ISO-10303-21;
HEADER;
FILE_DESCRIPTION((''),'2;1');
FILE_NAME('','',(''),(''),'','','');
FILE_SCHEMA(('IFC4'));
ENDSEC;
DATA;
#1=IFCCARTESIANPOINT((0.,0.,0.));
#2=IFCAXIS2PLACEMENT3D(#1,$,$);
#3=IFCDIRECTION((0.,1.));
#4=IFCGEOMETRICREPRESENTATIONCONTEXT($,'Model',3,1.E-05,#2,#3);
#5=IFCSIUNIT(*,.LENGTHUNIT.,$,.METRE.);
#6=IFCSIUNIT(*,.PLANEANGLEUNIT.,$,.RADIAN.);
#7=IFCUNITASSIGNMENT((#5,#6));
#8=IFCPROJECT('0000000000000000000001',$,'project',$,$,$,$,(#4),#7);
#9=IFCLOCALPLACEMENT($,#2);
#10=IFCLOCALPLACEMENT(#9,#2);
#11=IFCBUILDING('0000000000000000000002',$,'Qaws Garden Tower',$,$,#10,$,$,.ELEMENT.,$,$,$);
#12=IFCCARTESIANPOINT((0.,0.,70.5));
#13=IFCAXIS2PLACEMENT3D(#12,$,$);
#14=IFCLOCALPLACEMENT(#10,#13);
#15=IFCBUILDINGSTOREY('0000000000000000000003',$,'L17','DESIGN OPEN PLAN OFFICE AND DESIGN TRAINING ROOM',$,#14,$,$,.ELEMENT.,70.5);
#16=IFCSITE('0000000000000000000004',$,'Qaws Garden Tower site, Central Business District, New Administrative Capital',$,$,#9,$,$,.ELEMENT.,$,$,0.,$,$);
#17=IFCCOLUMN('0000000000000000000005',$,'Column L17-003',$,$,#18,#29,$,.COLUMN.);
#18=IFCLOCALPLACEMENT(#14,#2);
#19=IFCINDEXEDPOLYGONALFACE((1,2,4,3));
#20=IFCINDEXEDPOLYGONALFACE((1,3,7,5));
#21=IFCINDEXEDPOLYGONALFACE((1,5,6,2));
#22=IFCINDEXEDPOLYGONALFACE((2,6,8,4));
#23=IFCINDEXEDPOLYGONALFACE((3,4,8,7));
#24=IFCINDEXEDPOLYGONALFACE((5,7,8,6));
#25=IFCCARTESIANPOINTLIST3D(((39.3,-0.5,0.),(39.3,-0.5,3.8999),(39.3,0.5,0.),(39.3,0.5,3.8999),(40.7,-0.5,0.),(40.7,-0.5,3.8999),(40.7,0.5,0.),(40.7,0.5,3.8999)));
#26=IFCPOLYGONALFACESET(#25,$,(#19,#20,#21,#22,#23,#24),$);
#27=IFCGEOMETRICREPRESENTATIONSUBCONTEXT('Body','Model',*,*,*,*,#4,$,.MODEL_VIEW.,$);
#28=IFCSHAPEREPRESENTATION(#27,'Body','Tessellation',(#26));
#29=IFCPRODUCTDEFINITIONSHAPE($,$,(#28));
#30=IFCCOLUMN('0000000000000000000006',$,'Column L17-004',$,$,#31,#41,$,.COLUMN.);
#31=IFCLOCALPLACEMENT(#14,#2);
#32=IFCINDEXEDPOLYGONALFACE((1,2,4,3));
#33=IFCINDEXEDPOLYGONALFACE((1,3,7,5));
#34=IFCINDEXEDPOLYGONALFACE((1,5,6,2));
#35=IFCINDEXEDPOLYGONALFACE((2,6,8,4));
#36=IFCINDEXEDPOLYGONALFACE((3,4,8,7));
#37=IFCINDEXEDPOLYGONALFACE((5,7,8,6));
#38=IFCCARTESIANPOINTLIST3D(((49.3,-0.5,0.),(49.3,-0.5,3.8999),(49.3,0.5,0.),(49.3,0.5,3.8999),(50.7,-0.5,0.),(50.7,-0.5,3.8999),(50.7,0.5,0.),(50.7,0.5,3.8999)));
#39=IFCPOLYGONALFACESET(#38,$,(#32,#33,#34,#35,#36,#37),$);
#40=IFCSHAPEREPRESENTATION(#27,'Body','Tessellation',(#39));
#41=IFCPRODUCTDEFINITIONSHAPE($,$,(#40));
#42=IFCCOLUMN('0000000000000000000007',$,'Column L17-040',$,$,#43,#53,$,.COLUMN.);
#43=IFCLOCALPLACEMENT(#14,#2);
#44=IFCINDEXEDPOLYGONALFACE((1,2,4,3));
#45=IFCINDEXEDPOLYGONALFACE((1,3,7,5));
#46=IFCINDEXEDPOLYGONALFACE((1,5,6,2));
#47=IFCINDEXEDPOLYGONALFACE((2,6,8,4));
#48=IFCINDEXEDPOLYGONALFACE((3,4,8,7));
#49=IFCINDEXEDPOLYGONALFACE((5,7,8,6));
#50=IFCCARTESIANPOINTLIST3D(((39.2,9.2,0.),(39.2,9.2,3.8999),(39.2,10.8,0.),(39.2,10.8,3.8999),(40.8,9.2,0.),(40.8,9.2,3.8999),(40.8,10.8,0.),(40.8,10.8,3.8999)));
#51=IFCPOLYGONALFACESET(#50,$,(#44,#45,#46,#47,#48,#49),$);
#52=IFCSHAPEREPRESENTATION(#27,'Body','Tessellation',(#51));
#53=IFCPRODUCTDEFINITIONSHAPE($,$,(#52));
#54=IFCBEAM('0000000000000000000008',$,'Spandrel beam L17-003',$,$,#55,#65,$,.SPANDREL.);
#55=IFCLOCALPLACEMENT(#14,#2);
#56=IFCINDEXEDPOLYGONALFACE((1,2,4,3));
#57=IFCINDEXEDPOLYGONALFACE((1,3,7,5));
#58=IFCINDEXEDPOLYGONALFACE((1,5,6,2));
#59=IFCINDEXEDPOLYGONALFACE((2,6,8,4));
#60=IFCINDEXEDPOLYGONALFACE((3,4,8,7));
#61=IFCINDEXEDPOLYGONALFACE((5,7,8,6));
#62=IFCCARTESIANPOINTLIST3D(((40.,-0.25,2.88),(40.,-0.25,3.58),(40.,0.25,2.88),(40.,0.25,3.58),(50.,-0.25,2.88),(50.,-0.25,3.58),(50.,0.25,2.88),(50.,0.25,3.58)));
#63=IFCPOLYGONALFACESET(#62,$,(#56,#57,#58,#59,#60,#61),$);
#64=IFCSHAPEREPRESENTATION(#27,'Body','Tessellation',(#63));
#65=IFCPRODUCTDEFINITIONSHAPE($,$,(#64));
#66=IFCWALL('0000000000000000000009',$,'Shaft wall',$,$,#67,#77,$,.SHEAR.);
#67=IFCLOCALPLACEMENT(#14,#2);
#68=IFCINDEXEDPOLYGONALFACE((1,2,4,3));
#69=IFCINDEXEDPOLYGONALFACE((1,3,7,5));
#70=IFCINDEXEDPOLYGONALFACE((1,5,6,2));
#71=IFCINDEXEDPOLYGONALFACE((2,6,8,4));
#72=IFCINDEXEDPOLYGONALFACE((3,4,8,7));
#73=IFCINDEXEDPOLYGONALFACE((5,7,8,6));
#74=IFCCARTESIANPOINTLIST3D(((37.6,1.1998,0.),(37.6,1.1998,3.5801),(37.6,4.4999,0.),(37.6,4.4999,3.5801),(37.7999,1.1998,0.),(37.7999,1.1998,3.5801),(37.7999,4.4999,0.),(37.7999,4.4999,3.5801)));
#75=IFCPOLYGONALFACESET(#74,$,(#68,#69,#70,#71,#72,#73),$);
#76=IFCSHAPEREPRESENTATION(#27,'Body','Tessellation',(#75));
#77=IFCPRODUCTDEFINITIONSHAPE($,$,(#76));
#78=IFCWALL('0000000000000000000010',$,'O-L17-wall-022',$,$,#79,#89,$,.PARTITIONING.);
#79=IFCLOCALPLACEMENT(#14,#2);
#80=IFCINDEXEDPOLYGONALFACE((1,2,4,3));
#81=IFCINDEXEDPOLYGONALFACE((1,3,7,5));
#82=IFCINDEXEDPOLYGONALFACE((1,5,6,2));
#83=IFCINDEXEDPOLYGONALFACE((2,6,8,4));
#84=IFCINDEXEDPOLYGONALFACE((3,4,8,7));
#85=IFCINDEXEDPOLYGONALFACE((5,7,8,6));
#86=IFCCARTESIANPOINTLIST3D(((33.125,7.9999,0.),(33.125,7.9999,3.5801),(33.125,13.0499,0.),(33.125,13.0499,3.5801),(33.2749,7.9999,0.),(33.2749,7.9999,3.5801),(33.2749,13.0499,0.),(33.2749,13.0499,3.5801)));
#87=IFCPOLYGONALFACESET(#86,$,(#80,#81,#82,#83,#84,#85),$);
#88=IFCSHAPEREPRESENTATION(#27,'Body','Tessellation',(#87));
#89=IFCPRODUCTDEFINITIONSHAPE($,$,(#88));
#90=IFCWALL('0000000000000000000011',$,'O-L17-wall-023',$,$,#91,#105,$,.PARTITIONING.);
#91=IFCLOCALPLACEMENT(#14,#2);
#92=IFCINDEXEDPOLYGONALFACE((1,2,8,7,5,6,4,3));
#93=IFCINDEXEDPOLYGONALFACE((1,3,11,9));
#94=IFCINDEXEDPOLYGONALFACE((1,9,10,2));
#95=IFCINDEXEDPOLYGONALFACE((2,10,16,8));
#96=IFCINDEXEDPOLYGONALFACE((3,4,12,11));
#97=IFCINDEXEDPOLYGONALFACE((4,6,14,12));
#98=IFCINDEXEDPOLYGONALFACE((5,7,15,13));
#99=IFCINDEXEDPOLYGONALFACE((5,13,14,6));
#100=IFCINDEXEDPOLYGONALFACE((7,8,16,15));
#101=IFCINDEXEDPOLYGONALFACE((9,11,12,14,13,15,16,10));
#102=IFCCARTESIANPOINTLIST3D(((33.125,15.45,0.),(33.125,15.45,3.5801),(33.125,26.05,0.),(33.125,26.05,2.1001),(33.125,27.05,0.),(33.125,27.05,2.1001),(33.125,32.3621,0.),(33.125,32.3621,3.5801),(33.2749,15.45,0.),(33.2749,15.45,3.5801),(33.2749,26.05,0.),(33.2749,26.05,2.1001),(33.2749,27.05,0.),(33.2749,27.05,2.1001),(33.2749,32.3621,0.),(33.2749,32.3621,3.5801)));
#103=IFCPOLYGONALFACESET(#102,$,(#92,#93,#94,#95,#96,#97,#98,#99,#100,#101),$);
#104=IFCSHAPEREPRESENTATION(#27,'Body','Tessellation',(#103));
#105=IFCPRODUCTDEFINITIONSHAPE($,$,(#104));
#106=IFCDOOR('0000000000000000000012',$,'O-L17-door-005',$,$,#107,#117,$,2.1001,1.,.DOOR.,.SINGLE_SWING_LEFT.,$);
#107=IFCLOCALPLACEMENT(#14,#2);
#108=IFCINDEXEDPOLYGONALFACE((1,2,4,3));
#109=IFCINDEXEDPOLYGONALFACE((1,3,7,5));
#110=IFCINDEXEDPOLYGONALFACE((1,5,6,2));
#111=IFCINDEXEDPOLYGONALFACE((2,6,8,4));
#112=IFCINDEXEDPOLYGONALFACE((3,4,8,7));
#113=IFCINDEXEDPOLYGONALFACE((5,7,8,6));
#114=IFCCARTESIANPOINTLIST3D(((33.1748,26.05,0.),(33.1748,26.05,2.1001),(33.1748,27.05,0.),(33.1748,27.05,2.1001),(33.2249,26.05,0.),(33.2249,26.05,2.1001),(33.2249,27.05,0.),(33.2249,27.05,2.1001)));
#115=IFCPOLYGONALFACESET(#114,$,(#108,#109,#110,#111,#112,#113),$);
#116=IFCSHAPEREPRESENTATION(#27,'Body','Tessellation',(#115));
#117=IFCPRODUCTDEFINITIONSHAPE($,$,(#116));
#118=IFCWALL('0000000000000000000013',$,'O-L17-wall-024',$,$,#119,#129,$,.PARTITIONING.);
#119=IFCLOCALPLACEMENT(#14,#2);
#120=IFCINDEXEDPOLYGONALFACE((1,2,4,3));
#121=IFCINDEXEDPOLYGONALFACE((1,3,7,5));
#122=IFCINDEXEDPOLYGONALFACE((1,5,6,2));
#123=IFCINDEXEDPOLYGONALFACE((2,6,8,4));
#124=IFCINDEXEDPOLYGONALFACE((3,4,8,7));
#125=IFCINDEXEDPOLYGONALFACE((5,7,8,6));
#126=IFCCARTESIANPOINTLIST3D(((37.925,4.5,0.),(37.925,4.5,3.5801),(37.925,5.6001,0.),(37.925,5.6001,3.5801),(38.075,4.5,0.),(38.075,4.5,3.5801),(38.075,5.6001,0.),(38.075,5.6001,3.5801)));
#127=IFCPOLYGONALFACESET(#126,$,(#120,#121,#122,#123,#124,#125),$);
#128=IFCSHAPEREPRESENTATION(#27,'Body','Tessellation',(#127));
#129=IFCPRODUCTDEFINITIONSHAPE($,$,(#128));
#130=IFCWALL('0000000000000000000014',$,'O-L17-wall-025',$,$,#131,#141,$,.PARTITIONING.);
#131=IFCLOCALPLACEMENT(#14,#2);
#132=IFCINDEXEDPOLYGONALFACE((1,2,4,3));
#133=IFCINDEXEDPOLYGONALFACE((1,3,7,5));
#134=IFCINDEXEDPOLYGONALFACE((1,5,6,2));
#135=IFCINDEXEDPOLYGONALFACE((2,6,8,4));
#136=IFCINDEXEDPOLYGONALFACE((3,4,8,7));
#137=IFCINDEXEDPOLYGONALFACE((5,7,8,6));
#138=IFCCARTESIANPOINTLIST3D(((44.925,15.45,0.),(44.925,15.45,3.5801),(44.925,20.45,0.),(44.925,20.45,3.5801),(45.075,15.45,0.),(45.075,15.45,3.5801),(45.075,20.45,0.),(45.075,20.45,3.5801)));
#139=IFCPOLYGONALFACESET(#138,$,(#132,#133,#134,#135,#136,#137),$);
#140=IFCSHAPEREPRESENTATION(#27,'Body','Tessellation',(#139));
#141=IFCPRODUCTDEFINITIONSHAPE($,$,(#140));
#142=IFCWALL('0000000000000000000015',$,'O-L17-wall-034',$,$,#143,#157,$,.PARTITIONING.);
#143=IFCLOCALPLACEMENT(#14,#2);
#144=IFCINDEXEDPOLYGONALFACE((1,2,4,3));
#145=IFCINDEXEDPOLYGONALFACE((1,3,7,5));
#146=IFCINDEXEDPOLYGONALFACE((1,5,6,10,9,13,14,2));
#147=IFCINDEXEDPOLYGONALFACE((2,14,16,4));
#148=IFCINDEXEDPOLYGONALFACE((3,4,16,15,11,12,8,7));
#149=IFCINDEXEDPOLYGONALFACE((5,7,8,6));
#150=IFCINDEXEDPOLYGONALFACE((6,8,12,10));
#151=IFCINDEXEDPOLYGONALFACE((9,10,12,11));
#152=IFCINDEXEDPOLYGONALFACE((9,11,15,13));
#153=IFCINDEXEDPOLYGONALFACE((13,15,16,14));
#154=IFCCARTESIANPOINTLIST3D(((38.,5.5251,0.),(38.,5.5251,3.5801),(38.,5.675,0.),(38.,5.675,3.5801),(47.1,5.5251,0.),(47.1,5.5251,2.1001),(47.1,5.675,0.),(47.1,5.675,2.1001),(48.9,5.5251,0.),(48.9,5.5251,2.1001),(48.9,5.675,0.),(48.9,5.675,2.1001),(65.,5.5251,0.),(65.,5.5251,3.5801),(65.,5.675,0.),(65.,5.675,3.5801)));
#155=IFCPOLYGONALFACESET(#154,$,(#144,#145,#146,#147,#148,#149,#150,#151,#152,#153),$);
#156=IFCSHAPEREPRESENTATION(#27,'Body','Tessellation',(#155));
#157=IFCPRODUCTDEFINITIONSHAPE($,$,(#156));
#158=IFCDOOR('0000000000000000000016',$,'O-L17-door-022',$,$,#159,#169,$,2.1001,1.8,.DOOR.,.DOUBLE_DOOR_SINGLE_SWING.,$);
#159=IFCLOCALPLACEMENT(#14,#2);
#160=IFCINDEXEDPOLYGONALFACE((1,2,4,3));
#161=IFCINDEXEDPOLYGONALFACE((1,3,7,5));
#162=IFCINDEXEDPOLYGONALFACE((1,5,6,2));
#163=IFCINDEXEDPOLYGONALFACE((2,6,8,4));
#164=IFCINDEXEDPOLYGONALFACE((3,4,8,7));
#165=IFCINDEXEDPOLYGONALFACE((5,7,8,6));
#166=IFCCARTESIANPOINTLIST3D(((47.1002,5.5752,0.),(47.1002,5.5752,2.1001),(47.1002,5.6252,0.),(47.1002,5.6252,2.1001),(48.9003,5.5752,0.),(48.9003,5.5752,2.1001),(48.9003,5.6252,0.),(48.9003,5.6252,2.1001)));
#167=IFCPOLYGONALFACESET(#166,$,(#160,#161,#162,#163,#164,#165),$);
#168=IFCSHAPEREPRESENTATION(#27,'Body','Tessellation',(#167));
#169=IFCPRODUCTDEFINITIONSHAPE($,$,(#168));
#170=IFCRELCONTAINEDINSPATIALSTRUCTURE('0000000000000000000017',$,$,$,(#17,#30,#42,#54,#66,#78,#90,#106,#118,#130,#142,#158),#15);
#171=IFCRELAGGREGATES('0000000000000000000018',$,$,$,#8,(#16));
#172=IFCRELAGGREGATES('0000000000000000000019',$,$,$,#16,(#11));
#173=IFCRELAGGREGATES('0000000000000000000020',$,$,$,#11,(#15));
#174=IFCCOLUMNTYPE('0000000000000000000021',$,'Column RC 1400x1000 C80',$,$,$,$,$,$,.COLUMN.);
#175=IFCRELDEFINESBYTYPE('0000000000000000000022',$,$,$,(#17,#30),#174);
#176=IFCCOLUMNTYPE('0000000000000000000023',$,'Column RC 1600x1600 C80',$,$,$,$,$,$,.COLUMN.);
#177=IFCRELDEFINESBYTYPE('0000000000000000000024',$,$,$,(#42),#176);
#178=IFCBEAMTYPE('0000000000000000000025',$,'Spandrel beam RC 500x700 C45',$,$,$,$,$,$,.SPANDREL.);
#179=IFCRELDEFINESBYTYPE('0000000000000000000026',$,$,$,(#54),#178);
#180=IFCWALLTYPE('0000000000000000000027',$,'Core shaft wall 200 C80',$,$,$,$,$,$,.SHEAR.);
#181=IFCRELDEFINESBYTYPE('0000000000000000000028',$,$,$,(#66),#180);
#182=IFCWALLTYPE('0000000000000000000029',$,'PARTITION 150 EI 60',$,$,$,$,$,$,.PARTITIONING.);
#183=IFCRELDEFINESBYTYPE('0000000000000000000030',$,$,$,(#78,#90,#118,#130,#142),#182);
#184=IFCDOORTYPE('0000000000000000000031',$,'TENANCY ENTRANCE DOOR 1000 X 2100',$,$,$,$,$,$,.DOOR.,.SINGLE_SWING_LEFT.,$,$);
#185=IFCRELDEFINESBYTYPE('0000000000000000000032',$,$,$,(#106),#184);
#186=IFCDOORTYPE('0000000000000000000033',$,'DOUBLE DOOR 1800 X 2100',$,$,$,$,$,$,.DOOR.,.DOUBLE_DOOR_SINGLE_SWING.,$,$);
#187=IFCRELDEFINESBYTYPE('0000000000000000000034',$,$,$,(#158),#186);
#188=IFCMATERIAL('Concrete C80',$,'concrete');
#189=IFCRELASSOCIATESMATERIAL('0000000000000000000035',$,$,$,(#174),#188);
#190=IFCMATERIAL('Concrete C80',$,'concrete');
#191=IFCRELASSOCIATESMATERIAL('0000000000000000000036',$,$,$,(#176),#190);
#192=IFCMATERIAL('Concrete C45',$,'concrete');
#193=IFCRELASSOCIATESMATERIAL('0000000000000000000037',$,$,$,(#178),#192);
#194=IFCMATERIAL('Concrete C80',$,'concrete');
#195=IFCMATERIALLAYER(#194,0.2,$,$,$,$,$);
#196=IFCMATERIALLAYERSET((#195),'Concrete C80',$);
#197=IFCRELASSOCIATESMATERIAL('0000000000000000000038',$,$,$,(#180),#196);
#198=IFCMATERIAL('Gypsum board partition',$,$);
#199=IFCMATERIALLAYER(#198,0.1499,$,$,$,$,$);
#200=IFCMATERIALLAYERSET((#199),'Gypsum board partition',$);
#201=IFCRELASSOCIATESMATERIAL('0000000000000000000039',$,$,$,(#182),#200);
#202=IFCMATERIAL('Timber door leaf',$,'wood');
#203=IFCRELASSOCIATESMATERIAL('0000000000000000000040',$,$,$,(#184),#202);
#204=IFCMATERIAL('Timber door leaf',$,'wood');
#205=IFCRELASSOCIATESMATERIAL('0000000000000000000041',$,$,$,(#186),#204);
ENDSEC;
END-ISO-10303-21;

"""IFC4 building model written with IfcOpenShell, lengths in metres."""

from ifc_helpers import new_model, si_unit, direction, frame, frame_2d, origin, origin_2d, place, context, subcontext, project, spatial, rectangle, extrude, material, layer, layer_set, material_profile, profile_set, type_object, element, fill, save


model = new_model("IFC4")

# Units and contexts
model_context = context("Model", 3, precision=1e-05, world=origin(), true_north=direction((0.0, 1.0)))
body_context = subcontext(model_context, "Body", "Model", "MODEL_VIEW")
ifc_project = project(units=[si_unit("LENGTHUNIT", "METRE"), si_unit("PLANEANGLEUNIT", "RADIAN")], contexts=[model_context])

# Site, building, storey
site_placement = place(None, origin())
site = spatial("IfcSite", under=ifc_project, at=site_placement, Name="Qaws Garden Tower site, Central Business District, New Administrative Capital", CompositionType="ELEMENT", RefElevation=0.0)
building_placement = place(site_placement, origin())
building = spatial("IfcBuilding", under=site, at=building_placement, Name="Qaws Garden Tower", CompositionType="ELEMENT")
storey_placement = place(building_placement, frame((0.0, 0.0, 70.5)))
storey = spatial("IfcBuildingStorey", under=building, at=storey_placement, Name="L17", Description="DESIGN OPEN PLAN OFFICE AND DESIGN TRAINING ROOM", CompositionType="ELEMENT", Elevation=70.5)

# Columns
ifc_material_1 = material(Name="Concrete C80", Category="concrete")
ifc_material_profile_1 = material_profile(ifc_material_1, rectangle(XDim=1.3999, YDim=1.0, at=origin_2d()), Name="RC 1400x1000")
ifc_profile_set_1 = profile_set([ifc_material_profile_1], Name="Concrete C80")
column_type_1 = type_object("IfcColumnType", Name="Column RC 1400x1000 C80", PredefinedType="COLUMN", material=ifc_profile_set_1)
for number, where, z_axis, x_axis, name in (
    (1, (40.0, 0.0, 0.0), (0.0, 0.0, 1.0), (1.0, 0.0, 0.0), "Column L17-003"),
    (2, (50.0, 0.0, 0.0), (0.0, 0.0, 1.0), (1.0, 0.0, 0.0), "Column L17-004"),
):
    element("IfcColumn", number, at=place(storey_placement, frame(where, z_axis=z_axis, x_axis=x_axis)), inside=storey, type_object=column_type_1, Name=name, PredefinedType="COLUMN", context=body_context, shape_type="SweptSolid", body=[
        extrude(rectangle(XDim=1.3999, YDim=1.0, at=origin_2d()), origin(), (0.0, 0.0, 1.0), 3.8999),
    ])
ifc_material_2 = material(Name="Concrete C80", Category="concrete")
ifc_material_profile_2 = material_profile(ifc_material_2, rectangle(XDim=1.6001, YDim=1.6001, at=origin_2d()), Name="RC 1600x1600")
ifc_profile_set_2 = profile_set([ifc_material_profile_2], Name="Concrete C80")
column_type_2 = type_object("IfcColumnType", Name="Column RC 1600x1600 C80", PredefinedType="COLUMN", material=ifc_profile_set_2)
column_placement = place(storey_placement, frame((40.0, 10.0, 0.0), z_axis=(0.0, 0.0, 1.0), x_axis=(1.0, 0.0, 0.0)))
element("IfcColumn", 3, at=column_placement, inside=storey, type_object=column_type_2, Name="Column L17-040", PredefinedType="COLUMN", context=body_context, shape_type="SweptSolid", body=[
    extrude(rectangle(XDim=1.6001, YDim=1.6001, at=origin_2d()), origin(), (0.0, 0.0, 1.0), 3.8999),
])

# Beam
ifc_material_3 = material(Name="Concrete C45", Category="concrete")
ifc_material_profile_3 = material_profile(ifc_material_3, rectangle(XDim=0.5, YDim=0.7, at=origin_2d()), Name="RC 500x700")
ifc_profile_set_3 = profile_set([ifc_material_profile_3], Name="Concrete C45")
beam_type = type_object("IfcBeamType", Name="Spandrel beam RC 500x700 C45", PredefinedType="SPANDREL", material=ifc_profile_set_3)
beam_placement = place(storey_placement, frame((40.0, 0.0, 3.23), z_axis=(1.0, 0.0, 0.0), x_axis=(0.0, 1.0, 0.0)))
element("IfcBeam", 4, at=beam_placement, inside=storey, type_object=beam_type, Name="Spandrel beam L17-003", PredefinedType="SPANDREL", context=body_context, shape_type="SweptSolid", body=[
    extrude(rectangle(XDim=0.5, YDim=0.7, at=origin_2d()), origin(), (0.0, 0.0, 1.0), 10.0),
])

# Walls
ifc_material_4 = material(Name="Concrete C80", Category="concrete")
ifc_layer_1 = layer(ifc_material_4, 0.2)
ifc_layer_set_1 = layer_set([ifc_layer_1], Name="Concrete C80")
wall_type_1 = type_object("IfcWallType", Name="Core shaft wall 200 C80", PredefinedType="SHEAR", material=ifc_layer_set_1)
wall_1_placement = place(storey_placement, frame((37.7, 1.2, 0.0), z_axis=(0.0, 0.0, 1.0), x_axis=(0.0, 1.0, 0.0)))
element("IfcWall", 5, at=wall_1_placement, inside=storey, type_object=wall_type_1, Name="Shaft wall", PredefinedType="SHEAR", context=body_context, shape_type="SweptSolid", body=[
    extrude(rectangle(XDim=3.3, YDim=0.2, at=frame_2d((1.6499, 0.0))), origin(), (0.0, 0.0, 1.0), 3.5801),
])
ifc_material_5 = material(Name="Gypsum board partition")
ifc_layer_2 = layer(ifc_material_5, 0.1499)
ifc_layer_set_2 = layer_set([ifc_layer_2], Name="Gypsum board partition")
wall_type_2 = type_object("IfcWallType", Name="PARTITION 150 EI 60", PredefinedType="PARTITIONING", material=ifc_layer_set_2)
wall_2_placement = place(storey_placement, frame((33.2, 8.0, 0.0), z_axis=(0.0, 0.0, 1.0), x_axis=(0.0, 1.0, 0.0)))
element("IfcWall", 6, at=wall_2_placement, inside=storey, type_object=wall_type_2, Name="O-L17-wall-022", PredefinedType="PARTITIONING", context=body_context, shape_type="SweptSolid", body=[
    extrude(rectangle(XDim=5.05, YDim=0.1499, at=frame_2d((2.5249, 0.0))), origin(), (0.0, 0.0, 1.0), 3.5801),
])

# Wall, opening, door
wall_3_placement = place(storey_placement, frame((33.2, 15.45, 0.0), z_axis=(0.0, 0.0, 1.0), x_axis=(0.0, 1.0, 0.0)))
wall_3 = element("IfcWall", 7, at=wall_3_placement, inside=storey, type_object=wall_type_2, Name="O-L17-wall-023", PredefinedType="PARTITIONING", context=body_context, shape_type="SweptSolid", body=[
    extrude(rectangle(XDim=16.9121, YDim=0.1499, at=frame_2d((8.4561, 0.0))), origin(), (0.0, 0.0, 1.0), 3.5801),
])
opening_1_placement = place(wall_3_placement, frame((10.6001, 0.0, 0.0)))
opening_1 = element("IfcOpeningElement", 8, at=opening_1_placement, cuts=wall_3, PredefinedType="OPENING", context=body_context, shape_type="SweptSolid", body=[
    extrude(rectangle(XDim=1.0, YDim=2.1001, at=frame_2d((0.5, 1.05))), frame((0.0, 0.085, 0.0), z_axis=(0.0, -1.0, 0.0), x_axis=(1.0, 0.0, 0.0)), (0.0, 0.0, 1.0), 0.1699),
])
ifc_material_6 = material(Name="Timber door leaf", Category="wood")
door_type_1 = type_object("IfcDoorType", Name="TENANCY ENTRANCE DOOR 1000 X 2100", OperationType="SINGLE_SWING_LEFT", PredefinedType="DOOR", material=ifc_material_6)
door_1_placement = place(opening_1_placement, frame((1.0, 0.0, 0.0), z_axis=(0.0, 0.0, 1.0), x_axis=(-1.0, 0.0, 0.0)))
door_1 = element("IfcDoor", 9, at=door_1_placement, inside=storey, type_object=door_type_1, Name="O-L17-door-005", OperationType="SINGLE_SWING_LEFT", OverallHeight=2.1001, OverallWidth=1.0, PredefinedType="DOOR", context=body_context, shape_type="SweptSolid", body=[
    extrude(rectangle(XDim=1.0, YDim=2.1001, at=frame_2d((0.5, 1.05))), frame((0.0, 0.0249, 0.0), z_axis=(0.0, -1.0, 0.0), x_axis=(1.0, 0.0, 0.0)), (0.0, 0.0, 1.0), 0.05),
])
fill(opening_1, door_1)

# Walls
wall_4_placement = place(storey_placement, frame((38.0, 4.5, 0.0), z_axis=(0.0, 0.0, 1.0), x_axis=(0.0, 1.0, 0.0)))
element("IfcWall", 10, at=wall_4_placement, inside=storey, type_object=wall_type_2, Name="O-L17-wall-024", PredefinedType="PARTITIONING", context=body_context, shape_type="SweptSolid", body=[
    extrude(rectangle(XDim=1.1001, YDim=0.1499, at=frame_2d((0.55, 0.0))), origin(), (0.0, 0.0, 1.0), 3.5801),
])
wall_5_placement = place(storey_placement, frame((45.0, 15.45, 0.0), z_axis=(0.0, 0.0, 1.0), x_axis=(0.0, 1.0, 0.0)))
element("IfcWall", 11, at=wall_5_placement, inside=storey, type_object=wall_type_2, Name="O-L17-wall-025", PredefinedType="PARTITIONING", context=body_context, shape_type="SweptSolid", body=[
    extrude(rectangle(XDim=5.0, YDim=0.1499, at=frame_2d((2.5, 0.0))), origin(), (0.0, 0.0, 1.0), 3.5801),
])

# Wall, opening, door
wall_6_placement = place(storey_placement, frame((38.0, 5.6001, 0.0), z_axis=(0.0, 0.0, 1.0), x_axis=(1.0, 0.0, 0.0)))
wall_6 = element("IfcWall", 12, at=wall_6_placement, inside=storey, type_object=wall_type_2, Name="O-L17-wall-034", PredefinedType="PARTITIONING", context=body_context, shape_type="SweptSolid", body=[
    extrude(rectangle(XDim=27.0, YDim=0.1499, at=frame_2d((13.5, 0.0))), origin(), (0.0, 0.0, 1.0), 3.5801),
])
opening_2_placement = place(wall_6_placement, frame((9.1001, 0.0, 0.0)))
opening_2 = element("IfcOpeningElement", 13, at=opening_2_placement, cuts=wall_6, PredefinedType="OPENING", context=body_context, shape_type="SweptSolid", body=[
    extrude(rectangle(XDim=1.8, YDim=2.1001, at=frame_2d((0.8999, 1.05))), frame((0.0, 0.085, 0.0), z_axis=(0.0, -1.0, 0.0), x_axis=(1.0, 0.0, 0.0)), (0.0, 0.0, 1.0), 0.1699),
])
ifc_material_7 = material(Name="Timber door leaf", Category="wood")
door_type_2 = type_object("IfcDoorType", Name="DOUBLE DOOR 1800 X 2100", OperationType="DOUBLE_DOOR_SINGLE_SWING", PredefinedType="DOOR", material=ifc_material_7)
door_2_placement = place(opening_2_placement, frame((1.8, 0.0, 0.0), z_axis=(0.0, 0.0, 1.0), x_axis=(-1.0, 0.0, 0.0)))
door_2 = element("IfcDoor", 14, at=door_2_placement, inside=storey, type_object=door_type_2, Name="O-L17-door-022", OperationType="DOUBLE_DOOR_SINGLE_SWING", OverallHeight=2.1001, OverallWidth=1.8, PredefinedType="DOOR", context=body_context, shape_type="SweptSolid", body=[
    extrude(rectangle(XDim=1.8, YDim=2.1001, at=frame_2d((0.8999, 1.05))), frame((0.0, 0.0249, 0.0), z_axis=(0.0, -1.0, 0.0), x_axis=(1.0, 0.0, 0.0)), (0.0, 0.0, 1.0), 0.05),
])
fill(opening_2, door_2)

save(model, "model.ifc")
